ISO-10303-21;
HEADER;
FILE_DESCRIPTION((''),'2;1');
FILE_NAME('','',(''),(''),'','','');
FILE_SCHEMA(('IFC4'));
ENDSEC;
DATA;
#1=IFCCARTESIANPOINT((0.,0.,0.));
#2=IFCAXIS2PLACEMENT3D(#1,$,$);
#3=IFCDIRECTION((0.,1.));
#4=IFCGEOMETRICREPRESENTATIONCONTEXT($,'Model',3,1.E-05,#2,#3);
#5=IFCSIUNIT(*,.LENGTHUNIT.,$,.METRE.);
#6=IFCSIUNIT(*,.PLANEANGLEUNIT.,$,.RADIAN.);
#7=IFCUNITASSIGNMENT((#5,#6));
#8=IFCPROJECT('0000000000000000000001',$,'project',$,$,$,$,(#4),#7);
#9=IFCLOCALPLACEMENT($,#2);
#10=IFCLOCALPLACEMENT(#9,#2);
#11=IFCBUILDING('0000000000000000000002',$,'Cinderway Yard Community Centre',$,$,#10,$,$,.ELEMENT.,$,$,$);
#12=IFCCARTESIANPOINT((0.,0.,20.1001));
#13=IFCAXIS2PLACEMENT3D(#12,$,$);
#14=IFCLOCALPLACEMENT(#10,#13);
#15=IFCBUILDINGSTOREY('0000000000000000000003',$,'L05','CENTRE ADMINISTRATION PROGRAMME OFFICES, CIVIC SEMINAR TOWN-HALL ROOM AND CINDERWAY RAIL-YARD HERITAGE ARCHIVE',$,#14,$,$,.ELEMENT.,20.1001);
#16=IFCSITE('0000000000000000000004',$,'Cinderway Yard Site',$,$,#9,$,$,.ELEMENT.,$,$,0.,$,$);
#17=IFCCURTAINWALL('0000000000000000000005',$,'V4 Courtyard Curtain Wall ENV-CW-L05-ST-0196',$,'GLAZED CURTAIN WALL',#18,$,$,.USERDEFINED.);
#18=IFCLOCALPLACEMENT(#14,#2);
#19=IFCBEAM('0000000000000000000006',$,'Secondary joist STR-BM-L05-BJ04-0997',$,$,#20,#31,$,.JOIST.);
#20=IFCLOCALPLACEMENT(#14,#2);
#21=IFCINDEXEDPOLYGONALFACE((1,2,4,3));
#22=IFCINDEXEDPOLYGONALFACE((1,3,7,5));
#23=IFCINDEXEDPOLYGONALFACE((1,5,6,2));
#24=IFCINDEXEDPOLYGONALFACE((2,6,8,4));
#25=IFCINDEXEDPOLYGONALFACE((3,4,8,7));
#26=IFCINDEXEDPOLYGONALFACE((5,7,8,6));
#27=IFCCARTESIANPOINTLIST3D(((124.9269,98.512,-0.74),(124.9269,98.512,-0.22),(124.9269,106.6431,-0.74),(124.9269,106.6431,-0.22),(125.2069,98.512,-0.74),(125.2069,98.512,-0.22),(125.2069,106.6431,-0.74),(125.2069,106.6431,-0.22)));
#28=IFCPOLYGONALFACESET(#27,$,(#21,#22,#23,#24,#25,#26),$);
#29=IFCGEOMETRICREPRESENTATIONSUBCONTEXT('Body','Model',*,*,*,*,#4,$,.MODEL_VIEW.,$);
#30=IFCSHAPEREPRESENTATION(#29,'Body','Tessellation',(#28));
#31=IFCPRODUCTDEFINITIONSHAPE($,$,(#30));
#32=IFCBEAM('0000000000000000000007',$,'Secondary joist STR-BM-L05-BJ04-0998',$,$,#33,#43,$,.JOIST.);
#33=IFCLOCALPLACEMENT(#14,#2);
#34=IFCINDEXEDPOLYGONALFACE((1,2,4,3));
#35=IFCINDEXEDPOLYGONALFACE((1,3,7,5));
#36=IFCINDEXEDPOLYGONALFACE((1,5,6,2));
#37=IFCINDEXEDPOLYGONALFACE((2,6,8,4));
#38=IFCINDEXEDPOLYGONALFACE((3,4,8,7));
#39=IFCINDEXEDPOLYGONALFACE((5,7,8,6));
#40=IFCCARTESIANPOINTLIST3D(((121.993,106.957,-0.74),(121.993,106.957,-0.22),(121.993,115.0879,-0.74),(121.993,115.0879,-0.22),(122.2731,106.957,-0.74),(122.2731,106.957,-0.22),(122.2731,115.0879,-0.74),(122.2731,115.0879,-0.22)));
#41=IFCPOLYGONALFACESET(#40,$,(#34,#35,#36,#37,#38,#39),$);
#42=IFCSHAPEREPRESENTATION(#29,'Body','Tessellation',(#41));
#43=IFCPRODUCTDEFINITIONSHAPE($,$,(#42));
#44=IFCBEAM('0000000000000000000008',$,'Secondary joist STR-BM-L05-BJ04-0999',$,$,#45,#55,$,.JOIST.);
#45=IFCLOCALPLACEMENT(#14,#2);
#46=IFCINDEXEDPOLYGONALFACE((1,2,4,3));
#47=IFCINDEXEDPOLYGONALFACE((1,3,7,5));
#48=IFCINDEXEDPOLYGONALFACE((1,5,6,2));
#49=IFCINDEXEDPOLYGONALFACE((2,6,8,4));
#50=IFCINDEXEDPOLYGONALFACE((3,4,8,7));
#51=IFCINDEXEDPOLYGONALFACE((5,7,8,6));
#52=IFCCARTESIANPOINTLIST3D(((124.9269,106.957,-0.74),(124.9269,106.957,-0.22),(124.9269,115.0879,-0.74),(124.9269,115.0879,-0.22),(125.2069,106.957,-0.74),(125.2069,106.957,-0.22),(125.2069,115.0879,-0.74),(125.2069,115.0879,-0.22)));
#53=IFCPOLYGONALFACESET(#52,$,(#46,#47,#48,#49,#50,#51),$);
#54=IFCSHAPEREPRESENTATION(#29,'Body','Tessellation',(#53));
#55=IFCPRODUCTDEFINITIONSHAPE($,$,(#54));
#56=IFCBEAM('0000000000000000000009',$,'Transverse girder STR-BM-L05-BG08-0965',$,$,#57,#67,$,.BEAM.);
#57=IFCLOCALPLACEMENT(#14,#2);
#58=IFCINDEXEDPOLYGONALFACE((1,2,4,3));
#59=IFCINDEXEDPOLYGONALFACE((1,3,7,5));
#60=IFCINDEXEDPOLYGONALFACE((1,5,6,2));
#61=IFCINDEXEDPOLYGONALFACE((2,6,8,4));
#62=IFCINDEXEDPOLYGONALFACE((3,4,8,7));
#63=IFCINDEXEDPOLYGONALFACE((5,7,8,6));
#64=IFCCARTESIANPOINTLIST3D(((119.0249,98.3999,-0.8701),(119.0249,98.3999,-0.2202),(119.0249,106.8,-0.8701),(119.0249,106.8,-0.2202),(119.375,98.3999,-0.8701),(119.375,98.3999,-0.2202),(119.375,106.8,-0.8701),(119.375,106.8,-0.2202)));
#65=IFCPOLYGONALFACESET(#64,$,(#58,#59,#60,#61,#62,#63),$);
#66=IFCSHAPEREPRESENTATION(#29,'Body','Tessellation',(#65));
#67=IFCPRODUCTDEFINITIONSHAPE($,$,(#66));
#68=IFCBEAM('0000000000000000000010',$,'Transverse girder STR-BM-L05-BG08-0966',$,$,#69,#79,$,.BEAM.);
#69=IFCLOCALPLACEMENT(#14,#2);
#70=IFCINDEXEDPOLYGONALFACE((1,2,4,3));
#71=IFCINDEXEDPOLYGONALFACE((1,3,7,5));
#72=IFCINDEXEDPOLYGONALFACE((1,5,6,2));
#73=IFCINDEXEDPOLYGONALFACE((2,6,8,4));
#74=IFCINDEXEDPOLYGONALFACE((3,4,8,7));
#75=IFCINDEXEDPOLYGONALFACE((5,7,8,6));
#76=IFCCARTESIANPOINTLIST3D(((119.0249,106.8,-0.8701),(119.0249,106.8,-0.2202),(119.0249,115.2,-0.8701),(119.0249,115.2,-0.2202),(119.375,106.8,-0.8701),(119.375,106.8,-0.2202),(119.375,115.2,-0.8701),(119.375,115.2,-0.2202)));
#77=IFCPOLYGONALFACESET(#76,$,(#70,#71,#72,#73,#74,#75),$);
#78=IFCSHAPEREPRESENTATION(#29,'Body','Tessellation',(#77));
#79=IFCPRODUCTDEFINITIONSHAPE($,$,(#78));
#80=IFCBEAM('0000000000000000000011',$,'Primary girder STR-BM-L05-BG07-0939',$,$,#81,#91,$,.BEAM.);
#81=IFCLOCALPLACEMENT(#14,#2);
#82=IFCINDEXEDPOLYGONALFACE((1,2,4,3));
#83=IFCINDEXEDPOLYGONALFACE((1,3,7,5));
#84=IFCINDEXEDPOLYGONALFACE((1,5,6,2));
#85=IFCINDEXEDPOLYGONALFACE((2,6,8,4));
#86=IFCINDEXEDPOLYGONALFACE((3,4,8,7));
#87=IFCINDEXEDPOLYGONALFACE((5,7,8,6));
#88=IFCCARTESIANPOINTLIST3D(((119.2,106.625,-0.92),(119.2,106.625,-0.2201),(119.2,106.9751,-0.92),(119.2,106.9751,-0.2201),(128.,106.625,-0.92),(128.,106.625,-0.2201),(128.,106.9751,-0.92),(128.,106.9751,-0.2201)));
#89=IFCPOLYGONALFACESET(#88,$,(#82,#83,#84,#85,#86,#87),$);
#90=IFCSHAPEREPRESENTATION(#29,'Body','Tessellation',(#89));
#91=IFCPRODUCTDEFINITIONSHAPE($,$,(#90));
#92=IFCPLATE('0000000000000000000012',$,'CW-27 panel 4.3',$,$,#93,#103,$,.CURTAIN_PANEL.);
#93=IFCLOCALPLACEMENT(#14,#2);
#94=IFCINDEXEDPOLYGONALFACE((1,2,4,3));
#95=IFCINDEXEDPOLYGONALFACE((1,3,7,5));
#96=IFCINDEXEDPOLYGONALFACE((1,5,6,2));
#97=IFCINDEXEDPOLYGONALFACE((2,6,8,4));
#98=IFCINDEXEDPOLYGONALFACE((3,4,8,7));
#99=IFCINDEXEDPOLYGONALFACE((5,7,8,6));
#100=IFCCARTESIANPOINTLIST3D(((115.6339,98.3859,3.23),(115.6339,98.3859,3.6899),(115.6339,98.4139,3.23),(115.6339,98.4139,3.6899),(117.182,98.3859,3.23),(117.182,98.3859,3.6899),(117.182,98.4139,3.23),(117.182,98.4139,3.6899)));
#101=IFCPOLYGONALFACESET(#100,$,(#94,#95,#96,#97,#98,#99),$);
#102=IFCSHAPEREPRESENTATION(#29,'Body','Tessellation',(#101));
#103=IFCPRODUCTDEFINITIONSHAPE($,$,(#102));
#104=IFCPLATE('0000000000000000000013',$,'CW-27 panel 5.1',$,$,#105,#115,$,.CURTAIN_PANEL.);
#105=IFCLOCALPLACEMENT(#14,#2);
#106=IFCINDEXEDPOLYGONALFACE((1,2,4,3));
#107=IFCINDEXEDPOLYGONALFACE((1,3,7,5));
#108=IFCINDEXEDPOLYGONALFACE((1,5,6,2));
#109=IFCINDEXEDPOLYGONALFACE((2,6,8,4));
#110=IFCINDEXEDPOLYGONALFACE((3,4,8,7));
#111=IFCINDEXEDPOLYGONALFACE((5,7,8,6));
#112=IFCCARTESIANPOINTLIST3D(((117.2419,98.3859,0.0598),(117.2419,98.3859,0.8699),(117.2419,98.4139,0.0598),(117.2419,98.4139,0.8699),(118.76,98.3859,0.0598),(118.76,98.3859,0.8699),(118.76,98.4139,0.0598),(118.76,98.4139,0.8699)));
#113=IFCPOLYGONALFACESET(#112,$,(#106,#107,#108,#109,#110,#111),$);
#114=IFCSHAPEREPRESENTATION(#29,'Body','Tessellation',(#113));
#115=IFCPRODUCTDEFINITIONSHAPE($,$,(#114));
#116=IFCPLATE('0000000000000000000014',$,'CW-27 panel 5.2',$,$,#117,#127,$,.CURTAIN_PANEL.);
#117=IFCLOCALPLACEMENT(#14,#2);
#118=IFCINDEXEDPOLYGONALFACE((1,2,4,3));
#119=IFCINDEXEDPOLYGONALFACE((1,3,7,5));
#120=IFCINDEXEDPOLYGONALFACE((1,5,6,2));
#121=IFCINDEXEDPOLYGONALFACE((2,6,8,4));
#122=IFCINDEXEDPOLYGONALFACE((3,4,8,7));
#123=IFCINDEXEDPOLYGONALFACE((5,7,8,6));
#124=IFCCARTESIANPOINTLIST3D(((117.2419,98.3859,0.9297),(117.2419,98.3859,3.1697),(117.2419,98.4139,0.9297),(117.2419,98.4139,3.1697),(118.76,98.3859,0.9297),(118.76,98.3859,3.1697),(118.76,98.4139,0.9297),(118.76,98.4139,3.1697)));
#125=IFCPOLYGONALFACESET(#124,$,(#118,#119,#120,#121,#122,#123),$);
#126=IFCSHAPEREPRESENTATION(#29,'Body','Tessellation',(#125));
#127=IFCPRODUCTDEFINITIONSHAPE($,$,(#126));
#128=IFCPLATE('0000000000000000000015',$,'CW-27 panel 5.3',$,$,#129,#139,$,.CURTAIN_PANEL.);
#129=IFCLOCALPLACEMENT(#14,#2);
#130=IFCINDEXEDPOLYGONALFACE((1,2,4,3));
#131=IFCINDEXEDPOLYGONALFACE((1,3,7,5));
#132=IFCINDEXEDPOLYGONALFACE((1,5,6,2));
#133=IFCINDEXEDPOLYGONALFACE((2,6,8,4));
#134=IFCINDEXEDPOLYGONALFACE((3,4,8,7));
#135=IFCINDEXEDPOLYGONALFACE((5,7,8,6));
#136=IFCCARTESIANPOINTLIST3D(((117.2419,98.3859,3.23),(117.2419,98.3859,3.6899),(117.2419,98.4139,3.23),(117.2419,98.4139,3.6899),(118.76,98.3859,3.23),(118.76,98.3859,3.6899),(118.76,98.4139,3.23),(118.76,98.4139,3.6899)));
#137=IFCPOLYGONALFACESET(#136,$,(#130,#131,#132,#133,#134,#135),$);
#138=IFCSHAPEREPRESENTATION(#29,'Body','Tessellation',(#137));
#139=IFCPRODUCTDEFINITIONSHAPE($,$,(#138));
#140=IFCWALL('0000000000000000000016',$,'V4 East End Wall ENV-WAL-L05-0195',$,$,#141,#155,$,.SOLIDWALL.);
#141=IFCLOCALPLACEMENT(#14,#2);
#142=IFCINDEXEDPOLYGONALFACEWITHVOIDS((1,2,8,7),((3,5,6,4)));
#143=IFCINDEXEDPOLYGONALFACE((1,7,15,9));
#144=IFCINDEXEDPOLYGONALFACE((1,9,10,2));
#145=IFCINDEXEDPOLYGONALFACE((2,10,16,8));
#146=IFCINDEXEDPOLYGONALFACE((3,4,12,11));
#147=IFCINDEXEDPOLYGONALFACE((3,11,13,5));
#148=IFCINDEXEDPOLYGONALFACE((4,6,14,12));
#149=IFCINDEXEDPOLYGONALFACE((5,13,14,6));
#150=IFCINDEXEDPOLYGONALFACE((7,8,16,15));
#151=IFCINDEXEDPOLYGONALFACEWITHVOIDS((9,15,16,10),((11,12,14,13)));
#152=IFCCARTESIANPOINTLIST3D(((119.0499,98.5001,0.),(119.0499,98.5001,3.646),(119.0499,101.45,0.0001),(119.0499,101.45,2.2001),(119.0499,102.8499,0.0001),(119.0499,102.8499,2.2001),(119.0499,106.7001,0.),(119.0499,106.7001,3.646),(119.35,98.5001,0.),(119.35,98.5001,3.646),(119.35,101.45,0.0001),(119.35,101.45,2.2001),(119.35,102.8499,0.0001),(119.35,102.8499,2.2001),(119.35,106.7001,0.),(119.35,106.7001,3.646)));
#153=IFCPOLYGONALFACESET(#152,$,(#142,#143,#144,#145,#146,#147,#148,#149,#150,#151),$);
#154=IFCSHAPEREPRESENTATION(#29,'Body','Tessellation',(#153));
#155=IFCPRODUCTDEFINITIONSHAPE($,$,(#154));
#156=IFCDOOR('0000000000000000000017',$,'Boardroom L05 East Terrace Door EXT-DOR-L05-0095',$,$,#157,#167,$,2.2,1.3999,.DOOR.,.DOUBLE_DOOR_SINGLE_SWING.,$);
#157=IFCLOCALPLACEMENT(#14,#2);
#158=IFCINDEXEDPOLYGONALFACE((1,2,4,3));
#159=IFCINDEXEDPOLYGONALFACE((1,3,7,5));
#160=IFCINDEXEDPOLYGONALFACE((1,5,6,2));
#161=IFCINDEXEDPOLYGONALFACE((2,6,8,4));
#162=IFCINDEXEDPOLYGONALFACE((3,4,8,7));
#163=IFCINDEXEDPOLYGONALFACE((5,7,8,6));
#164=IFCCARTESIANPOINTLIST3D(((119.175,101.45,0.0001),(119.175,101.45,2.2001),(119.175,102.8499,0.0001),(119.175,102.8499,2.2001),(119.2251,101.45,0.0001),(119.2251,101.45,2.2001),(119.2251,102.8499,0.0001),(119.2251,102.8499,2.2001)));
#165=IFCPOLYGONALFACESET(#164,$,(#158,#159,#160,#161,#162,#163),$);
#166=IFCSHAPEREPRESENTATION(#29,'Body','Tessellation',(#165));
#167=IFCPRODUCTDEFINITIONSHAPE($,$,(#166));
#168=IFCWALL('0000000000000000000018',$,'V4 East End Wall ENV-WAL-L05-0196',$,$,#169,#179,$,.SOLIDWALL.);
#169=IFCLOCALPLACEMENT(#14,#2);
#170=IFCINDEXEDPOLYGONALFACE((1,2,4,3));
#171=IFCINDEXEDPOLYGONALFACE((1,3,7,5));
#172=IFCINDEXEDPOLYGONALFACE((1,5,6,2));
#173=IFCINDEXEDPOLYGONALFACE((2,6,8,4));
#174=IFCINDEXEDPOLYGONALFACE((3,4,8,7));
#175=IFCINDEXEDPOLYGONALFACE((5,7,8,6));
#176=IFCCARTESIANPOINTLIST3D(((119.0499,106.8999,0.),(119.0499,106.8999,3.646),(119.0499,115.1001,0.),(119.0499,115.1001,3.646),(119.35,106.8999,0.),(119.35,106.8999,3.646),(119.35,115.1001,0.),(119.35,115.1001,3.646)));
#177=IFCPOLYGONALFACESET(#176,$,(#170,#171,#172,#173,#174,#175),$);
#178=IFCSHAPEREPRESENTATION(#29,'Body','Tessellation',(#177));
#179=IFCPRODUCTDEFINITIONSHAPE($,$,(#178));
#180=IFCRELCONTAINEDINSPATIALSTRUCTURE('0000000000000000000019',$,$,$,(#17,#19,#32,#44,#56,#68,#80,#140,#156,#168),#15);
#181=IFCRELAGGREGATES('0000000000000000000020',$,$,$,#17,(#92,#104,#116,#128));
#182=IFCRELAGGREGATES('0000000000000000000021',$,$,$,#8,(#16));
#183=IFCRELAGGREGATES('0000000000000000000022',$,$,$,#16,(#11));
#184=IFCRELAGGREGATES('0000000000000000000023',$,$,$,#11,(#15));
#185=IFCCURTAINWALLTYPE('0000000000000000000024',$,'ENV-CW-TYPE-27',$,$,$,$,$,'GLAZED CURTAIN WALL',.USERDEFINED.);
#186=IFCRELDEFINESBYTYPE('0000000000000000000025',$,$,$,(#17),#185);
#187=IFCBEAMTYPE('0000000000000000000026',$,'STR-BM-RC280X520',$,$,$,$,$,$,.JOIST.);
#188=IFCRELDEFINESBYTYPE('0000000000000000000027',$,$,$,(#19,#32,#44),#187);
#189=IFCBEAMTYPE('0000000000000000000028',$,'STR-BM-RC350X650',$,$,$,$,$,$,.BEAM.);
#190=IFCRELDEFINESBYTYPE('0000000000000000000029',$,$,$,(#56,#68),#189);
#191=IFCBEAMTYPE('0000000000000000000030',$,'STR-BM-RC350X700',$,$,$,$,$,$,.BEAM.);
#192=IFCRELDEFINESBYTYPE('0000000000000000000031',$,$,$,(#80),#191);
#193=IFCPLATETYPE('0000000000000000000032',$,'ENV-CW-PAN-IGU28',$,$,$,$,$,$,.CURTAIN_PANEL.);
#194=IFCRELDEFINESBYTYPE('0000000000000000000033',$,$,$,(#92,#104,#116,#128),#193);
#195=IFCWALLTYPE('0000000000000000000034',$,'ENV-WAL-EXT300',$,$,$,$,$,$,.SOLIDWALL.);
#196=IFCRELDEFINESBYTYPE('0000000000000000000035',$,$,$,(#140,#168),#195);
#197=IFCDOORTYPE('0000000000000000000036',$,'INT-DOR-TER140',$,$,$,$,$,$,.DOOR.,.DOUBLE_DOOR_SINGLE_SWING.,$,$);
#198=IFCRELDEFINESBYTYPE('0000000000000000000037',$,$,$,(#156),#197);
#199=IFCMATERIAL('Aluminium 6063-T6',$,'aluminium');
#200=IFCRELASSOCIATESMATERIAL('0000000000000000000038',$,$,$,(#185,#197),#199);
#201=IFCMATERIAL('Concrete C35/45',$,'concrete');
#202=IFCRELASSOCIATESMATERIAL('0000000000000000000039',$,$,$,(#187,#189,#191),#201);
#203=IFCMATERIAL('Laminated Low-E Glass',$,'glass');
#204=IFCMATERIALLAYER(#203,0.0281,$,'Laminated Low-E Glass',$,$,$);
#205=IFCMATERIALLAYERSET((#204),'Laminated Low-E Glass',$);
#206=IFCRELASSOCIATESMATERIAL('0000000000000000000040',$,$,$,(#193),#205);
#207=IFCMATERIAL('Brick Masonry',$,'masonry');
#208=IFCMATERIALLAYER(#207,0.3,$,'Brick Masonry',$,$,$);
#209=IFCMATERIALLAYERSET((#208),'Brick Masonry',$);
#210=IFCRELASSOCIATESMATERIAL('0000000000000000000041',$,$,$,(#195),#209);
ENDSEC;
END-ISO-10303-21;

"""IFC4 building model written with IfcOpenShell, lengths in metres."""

from ifc_helpers import new_model, si_unit, direction, frame, frame_2d, origin, origin_2d, place, context, subcontext, project, spatial, rectangle, extrude, material, layer, layer_set, material_profile, profile_set, type_object, element, fill, aggregate, save


model = new_model("IFC4")

# Units and contexts
model_context = context("Model", 3, precision=1e-05, world=origin(), true_north=direction((0.0, 1.0)))
body_context = subcontext(model_context, "Body", "Model", "MODEL_VIEW")
ifc_project = project(units=[si_unit("LENGTHUNIT", "METRE"), si_unit("PLANEANGLEUNIT", "RADIAN")], contexts=[model_context])

# Site, building, storey
site_placement = place(None, origin())
site = spatial("IfcSite", under=ifc_project, at=site_placement, Name="Cinderway Yard Site", CompositionType="ELEMENT", RefElevation=0.0)
building_placement = place(site_placement, origin())
building = spatial("IfcBuilding", under=site, at=building_placement, Name="Cinderway Yard Community Centre", CompositionType="ELEMENT")
storey_placement = place(building_placement, frame((0.0, 0.0, 20.1001)))
storey = spatial("IfcBuildingStorey", under=building, at=storey_placement, Name="L05", Description="CENTRE ADMINISTRATION PROGRAMME OFFICES, CIVIC SEMINAR TOWN-HALL ROOM AND CINDERWAY RAIL-YARD HERITAGE ARCHIVE", CompositionType="ELEMENT", Elevation=20.1001)

# Curtain wall
ifc_material_1 = material(Name="Aluminium 6063-T6", Category="aluminium")
curtain_wall_type = type_object("IfcCurtainWallType", Name="ENV-CW-TYPE-27", ElementType="GLAZED CURTAIN WALL", PredefinedType="USERDEFINED", material=ifc_material_1)
curtain_wall_placement = place(storey_placement, origin())
curtain_wall = element("IfcCurtainWall", 1, at=curtain_wall_placement, inside=storey, type_object=curtain_wall_type, Name="V4 Courtyard Curtain Wall ENV-CW-L05-ST-0196", ObjectType="GLAZED CURTAIN WALL", PredefinedType="USERDEFINED")

# Beams
ifc_material_2 = material(Name="Concrete C35/45", Category="concrete")
ifc_material_profile_1 = material_profile(ifc_material_2, rectangle(XDim=0.28, YDim=0.52, at=origin_2d()), Name="Concrete C35/45")
ifc_profile_set_1 = profile_set([ifc_material_profile_1], Name="Concrete C35/45")
beam_type_1 = type_object("IfcBeamType", Name="STR-BM-RC280X520", PredefinedType="JOIST", material=ifc_profile_set_1)
for number, where, z_axis, x_axis, name in (
    (2, (125.0669, 98.512, -0.48), (0.0, 1.0, 0.0), (-1.0, 0.0, 0.0), "Secondary joist STR-BM-L05-BJ04-0997"),
):
    element("IfcBeam", number, at=place(storey_placement, frame(where, z_axis=z_axis, x_axis=x_axis)), inside=storey, type_object=beam_type_1, Name=name, PredefinedType="JOIST", context=body_context, shape_type="SweptSolid", body=[
        extrude(rectangle(XDim=0.28, YDim=0.52, at=origin_2d()), origin(), (0.0, 0.0, 1.0), 8.1311),
    ])
for number, where, z_axis, x_axis, name in (
    (3, (122.1331, 106.957, -0.48), (0.0, 1.0, 0.0), (-1.0, 0.0, 0.0), "Secondary joist STR-BM-L05-BJ04-0998"),
    (4, (125.0669, 106.957, -0.48), (0.0, 1.0, 0.0), (-1.0, 0.0, 0.0), "Secondary joist STR-BM-L05-BJ04-0999"),
):
    element("IfcBeam", number, at=place(storey_placement, frame(where, z_axis=z_axis, x_axis=x_axis)), inside=storey, type_object=beam_type_1, Name=name, PredefinedType="JOIST", context=body_context, shape_type="SweptSolid", body=[
        extrude(rectangle(XDim=0.28, YDim=0.52, at=origin_2d()), origin(), (0.0, 0.0, 1.0), 8.1309),
    ])
ifc_material_profile_2 = material_profile(ifc_material_2, rectangle(XDim=0.3501, YDim=0.6499, at=origin_2d()), Name="Concrete C35/45")
ifc_profile_set_2 = profile_set([ifc_material_profile_2], Name="Concrete C35/45")
beam_type_2 = type_object("IfcBeamType", Name="STR-BM-RC350X650", PredefinedType="BEAM", material=ifc_profile_set_2)
beam_1_placement = place(storey_placement, frame((119.2, 98.3999, -0.5452), z_axis=(0.0, 1.0, 0.0), x_axis=(-1.0, 0.0, 0.0)))
element("IfcBeam", 5, at=beam_1_placement, inside=storey, type_object=beam_type_2, Name="Transverse girder STR-BM-L05-BG08-0965", PredefinedType="BEAM", context=body_context, shape_type="SweptSolid", body=[
    extrude(rectangle(XDim=0.3501, YDim=0.6499, at=origin_2d()), origin(), (0.0, 0.0, 1.0), 8.4001),
])
beam_2_placement = place(storey_placement, frame((119.2, 106.8, -0.5452), z_axis=(0.0, 1.0, 0.0), x_axis=(-1.0, 0.0, 0.0)))
element("IfcBeam", 6, at=beam_2_placement, inside=storey, type_object=beam_type_2, Name="Transverse girder STR-BM-L05-BG08-0966", PredefinedType="BEAM", context=body_context, shape_type="SweptSolid", body=[
    extrude(rectangle(XDim=0.3501, YDim=0.6499, at=origin_2d()), origin(), (0.0, 0.0, 1.0), 8.3999),
])
ifc_material_profile_3 = material_profile(ifc_material_2, rectangle(XDim=0.3501, YDim=0.7, at=origin_2d()), Name="Concrete C35/45")
ifc_profile_set_3 = profile_set([ifc_material_profile_3], Name="Concrete C35/45")
beam_type_3 = type_object("IfcBeamType", Name="STR-BM-RC350X700", PredefinedType="BEAM", material=ifc_profile_set_3)
beam_3_placement = place(storey_placement, frame((119.2, 106.8, -0.5701), z_axis=(1.0, 0.0, 0.0), x_axis=(0.0, 1.0, 0.0)))
element("IfcBeam", 7, at=beam_3_placement, inside=storey, type_object=beam_type_3, Name="Primary girder STR-BM-L05-BG07-0939", PredefinedType="BEAM", context=body_context, shape_type="SweptSolid", body=[
    extrude(rectangle(XDim=0.3501, YDim=0.7, at=origin_2d()), origin(), (0.0, 0.0, 1.0), 8.8),
])

# Plates
ifc_material_3 = material(Name="Laminated Low-E Glass", Category="glass")
ifc_layer_1 = layer(ifc_material_3, 0.0281, Name="Laminated Low-E Glass")
ifc_layer_set_1 = layer_set([ifc_layer_1], Name="Laminated Low-E Glass")
plate_type = type_object("IfcPlateType", Name="ENV-CW-PAN-IGU28", PredefinedType="CURTAIN_PANEL", material=ifc_layer_set_1)
plate_1_placement = place(storey_placement, frame((116.408, 98.3999, 3.23), z_axis=(0.0, 0.0, 1.0), x_axis=(1.0, 0.0, 0.0)))
plate_1 = element("IfcPlate", 8, at=plate_1_placement, type_object=plate_type, Name="CW-27 panel 4.3", PredefinedType="CURTAIN_PANEL", context=body_context, shape_type="SweptSolid", body=[
    extrude(rectangle(XDim=1.5481, YDim=0.0281, at=origin_2d()), origin(), (0.0, 0.0, 1.0), 0.46),
])
plate_2_placement = place(storey_placement, frame((118.001, 98.3999, 0.0598), z_axis=(0.0, 0.0, 1.0), x_axis=(1.0, 0.0, 0.0)))
plate_2 = element("IfcPlate", 9, at=plate_2_placement, type_object=plate_type, Name="CW-27 panel 5.1", PredefinedType="CURTAIN_PANEL", context=body_context, shape_type="SweptSolid", body=[
    extrude(rectangle(XDim=1.5181, YDim=0.0281, at=origin_2d()), origin(), (0.0, 0.0, 1.0), 0.8101),
])
plate_3_placement = place(storey_placement, frame((118.001, 98.3999, 0.9297), z_axis=(0.0, 0.0, 1.0), x_axis=(1.0, 0.0, 0.0)))
plate_3 = element("IfcPlate", 10, at=plate_3_placement, type_object=plate_type, Name="CW-27 panel 5.2", PredefinedType="CURTAIN_PANEL", context=body_context, shape_type="SweptSolid", body=[
    extrude(rectangle(XDim=1.5181, YDim=0.0281, at=origin_2d()), origin(), (0.0, 0.0, 1.0), 2.24),
])
plate_4_placement = place(storey_placement, frame((118.001, 98.3999, 3.23), z_axis=(0.0, 0.0, 1.0), x_axis=(1.0, 0.0, 0.0)))
plate_4 = element("IfcPlate", 11, at=plate_4_placement, type_object=plate_type, Name="CW-27 panel 5.3", PredefinedType="CURTAIN_PANEL", context=body_context, shape_type="SweptSolid", body=[
    extrude(rectangle(XDim=1.5181, YDim=0.0281, at=origin_2d()), origin(), (0.0, 0.0, 1.0), 0.46),
])
aggregate(curtain_wall, [plate_1, plate_2, plate_3, plate_4])

# Wall, opening, door
ifc_material_4 = material(Name="Brick Masonry", Category="masonry")
ifc_layer_2 = layer(ifc_material_4, 0.3, Name="Brick Masonry")
ifc_layer_set_2 = layer_set([ifc_layer_2], Name="Brick Masonry")
wall_type_1 = type_object("IfcWallType", Name="ENV-WAL-EXT300", PredefinedType="SOLIDWALL", material=ifc_layer_set_2)
wall_1_placement = place(storey_placement, frame((119.2, 98.5, 0.0), z_axis=(0.0, 0.0, 1.0), x_axis=(0.0, 1.0, 0.0)))
wall_1 = element("IfcWall", 12, at=wall_1_placement, inside=storey, type_object=wall_type_1, Name="V4 East End Wall ENV-WAL-L05-0195", PredefinedType="SOLIDWALL", context=body_context, shape_type="SweptSolid", body=[
    extrude(rectangle(XDim=8.2, YDim=0.3, at=frame_2d((4.1001, 0.0))), origin(), (0.0, 0.0, 1.0), 3.646),
])
opening_1_placement = place(wall_1_placement, frame((2.95, 0.0, 0.0)))
opening_1 = element("IfcOpeningElement", 13, at=opening_1_placement, cuts=wall_1, PredefinedType="OPENING", context=body_context, shape_type="SweptSolid", body=[
    extrude(rectangle(XDim=1.3999, YDim=2.2, at=frame_2d((0.7, 1.1001))), frame((0.0, 0.1599, 0.0), z_axis=(0.0, -1.0, 0.0), x_axis=(1.0, 0.0, 0.0)), (0.0, 0.0, 1.0), 0.3201),
])
door_type_1 = type_object("IfcDoorType", Name="INT-DOR-TER140", OperationType="DOUBLE_DOOR_SINGLE_SWING", PredefinedType="DOOR", material=ifc_material_1)
door_1_placement = place(opening_1_placement, origin())
door_1 = element("IfcDoor", 14, at=door_1_placement, inside=storey, type_object=door_type_1, Name="Boardroom L05 East Terrace Door EXT-DOR-L05-0095", OperationType="DOUBLE_DOOR_SINGLE_SWING", OverallHeight=2.2, OverallWidth=1.3999, PredefinedType="DOOR", context=body_context, shape_type="SweptSolid", body=[
    extrude(rectangle(XDim=1.3999, YDim=2.2, at=frame_2d((0.7, 1.1001))), frame((0.0, 0.0249, 0.0), z_axis=(0.0, -1.0, 0.0), x_axis=(1.0, 0.0, 0.0)), (0.0, 0.0, 1.0), 0.05),
])
fill(opening_1, door_1)

# Wall
wall_2_placement = place(storey_placement, frame((119.2, 106.8999, 0.0), z_axis=(0.0, 0.0, 1.0), x_axis=(0.0, 1.0, 0.0)))
element("IfcWall", 15, at=wall_2_placement, inside=storey, type_object=wall_type_1, Name="V4 East End Wall ENV-WAL-L05-0196", PredefinedType="SOLIDWALL", context=body_context, shape_type="SweptSolid", body=[
    extrude(rectangle(XDim=8.2002, YDim=0.3, at=frame_2d((4.1001, 0.0))), origin(), (0.0, 0.0, 1.0), 3.646),
])

save(model, "model.ifc")
